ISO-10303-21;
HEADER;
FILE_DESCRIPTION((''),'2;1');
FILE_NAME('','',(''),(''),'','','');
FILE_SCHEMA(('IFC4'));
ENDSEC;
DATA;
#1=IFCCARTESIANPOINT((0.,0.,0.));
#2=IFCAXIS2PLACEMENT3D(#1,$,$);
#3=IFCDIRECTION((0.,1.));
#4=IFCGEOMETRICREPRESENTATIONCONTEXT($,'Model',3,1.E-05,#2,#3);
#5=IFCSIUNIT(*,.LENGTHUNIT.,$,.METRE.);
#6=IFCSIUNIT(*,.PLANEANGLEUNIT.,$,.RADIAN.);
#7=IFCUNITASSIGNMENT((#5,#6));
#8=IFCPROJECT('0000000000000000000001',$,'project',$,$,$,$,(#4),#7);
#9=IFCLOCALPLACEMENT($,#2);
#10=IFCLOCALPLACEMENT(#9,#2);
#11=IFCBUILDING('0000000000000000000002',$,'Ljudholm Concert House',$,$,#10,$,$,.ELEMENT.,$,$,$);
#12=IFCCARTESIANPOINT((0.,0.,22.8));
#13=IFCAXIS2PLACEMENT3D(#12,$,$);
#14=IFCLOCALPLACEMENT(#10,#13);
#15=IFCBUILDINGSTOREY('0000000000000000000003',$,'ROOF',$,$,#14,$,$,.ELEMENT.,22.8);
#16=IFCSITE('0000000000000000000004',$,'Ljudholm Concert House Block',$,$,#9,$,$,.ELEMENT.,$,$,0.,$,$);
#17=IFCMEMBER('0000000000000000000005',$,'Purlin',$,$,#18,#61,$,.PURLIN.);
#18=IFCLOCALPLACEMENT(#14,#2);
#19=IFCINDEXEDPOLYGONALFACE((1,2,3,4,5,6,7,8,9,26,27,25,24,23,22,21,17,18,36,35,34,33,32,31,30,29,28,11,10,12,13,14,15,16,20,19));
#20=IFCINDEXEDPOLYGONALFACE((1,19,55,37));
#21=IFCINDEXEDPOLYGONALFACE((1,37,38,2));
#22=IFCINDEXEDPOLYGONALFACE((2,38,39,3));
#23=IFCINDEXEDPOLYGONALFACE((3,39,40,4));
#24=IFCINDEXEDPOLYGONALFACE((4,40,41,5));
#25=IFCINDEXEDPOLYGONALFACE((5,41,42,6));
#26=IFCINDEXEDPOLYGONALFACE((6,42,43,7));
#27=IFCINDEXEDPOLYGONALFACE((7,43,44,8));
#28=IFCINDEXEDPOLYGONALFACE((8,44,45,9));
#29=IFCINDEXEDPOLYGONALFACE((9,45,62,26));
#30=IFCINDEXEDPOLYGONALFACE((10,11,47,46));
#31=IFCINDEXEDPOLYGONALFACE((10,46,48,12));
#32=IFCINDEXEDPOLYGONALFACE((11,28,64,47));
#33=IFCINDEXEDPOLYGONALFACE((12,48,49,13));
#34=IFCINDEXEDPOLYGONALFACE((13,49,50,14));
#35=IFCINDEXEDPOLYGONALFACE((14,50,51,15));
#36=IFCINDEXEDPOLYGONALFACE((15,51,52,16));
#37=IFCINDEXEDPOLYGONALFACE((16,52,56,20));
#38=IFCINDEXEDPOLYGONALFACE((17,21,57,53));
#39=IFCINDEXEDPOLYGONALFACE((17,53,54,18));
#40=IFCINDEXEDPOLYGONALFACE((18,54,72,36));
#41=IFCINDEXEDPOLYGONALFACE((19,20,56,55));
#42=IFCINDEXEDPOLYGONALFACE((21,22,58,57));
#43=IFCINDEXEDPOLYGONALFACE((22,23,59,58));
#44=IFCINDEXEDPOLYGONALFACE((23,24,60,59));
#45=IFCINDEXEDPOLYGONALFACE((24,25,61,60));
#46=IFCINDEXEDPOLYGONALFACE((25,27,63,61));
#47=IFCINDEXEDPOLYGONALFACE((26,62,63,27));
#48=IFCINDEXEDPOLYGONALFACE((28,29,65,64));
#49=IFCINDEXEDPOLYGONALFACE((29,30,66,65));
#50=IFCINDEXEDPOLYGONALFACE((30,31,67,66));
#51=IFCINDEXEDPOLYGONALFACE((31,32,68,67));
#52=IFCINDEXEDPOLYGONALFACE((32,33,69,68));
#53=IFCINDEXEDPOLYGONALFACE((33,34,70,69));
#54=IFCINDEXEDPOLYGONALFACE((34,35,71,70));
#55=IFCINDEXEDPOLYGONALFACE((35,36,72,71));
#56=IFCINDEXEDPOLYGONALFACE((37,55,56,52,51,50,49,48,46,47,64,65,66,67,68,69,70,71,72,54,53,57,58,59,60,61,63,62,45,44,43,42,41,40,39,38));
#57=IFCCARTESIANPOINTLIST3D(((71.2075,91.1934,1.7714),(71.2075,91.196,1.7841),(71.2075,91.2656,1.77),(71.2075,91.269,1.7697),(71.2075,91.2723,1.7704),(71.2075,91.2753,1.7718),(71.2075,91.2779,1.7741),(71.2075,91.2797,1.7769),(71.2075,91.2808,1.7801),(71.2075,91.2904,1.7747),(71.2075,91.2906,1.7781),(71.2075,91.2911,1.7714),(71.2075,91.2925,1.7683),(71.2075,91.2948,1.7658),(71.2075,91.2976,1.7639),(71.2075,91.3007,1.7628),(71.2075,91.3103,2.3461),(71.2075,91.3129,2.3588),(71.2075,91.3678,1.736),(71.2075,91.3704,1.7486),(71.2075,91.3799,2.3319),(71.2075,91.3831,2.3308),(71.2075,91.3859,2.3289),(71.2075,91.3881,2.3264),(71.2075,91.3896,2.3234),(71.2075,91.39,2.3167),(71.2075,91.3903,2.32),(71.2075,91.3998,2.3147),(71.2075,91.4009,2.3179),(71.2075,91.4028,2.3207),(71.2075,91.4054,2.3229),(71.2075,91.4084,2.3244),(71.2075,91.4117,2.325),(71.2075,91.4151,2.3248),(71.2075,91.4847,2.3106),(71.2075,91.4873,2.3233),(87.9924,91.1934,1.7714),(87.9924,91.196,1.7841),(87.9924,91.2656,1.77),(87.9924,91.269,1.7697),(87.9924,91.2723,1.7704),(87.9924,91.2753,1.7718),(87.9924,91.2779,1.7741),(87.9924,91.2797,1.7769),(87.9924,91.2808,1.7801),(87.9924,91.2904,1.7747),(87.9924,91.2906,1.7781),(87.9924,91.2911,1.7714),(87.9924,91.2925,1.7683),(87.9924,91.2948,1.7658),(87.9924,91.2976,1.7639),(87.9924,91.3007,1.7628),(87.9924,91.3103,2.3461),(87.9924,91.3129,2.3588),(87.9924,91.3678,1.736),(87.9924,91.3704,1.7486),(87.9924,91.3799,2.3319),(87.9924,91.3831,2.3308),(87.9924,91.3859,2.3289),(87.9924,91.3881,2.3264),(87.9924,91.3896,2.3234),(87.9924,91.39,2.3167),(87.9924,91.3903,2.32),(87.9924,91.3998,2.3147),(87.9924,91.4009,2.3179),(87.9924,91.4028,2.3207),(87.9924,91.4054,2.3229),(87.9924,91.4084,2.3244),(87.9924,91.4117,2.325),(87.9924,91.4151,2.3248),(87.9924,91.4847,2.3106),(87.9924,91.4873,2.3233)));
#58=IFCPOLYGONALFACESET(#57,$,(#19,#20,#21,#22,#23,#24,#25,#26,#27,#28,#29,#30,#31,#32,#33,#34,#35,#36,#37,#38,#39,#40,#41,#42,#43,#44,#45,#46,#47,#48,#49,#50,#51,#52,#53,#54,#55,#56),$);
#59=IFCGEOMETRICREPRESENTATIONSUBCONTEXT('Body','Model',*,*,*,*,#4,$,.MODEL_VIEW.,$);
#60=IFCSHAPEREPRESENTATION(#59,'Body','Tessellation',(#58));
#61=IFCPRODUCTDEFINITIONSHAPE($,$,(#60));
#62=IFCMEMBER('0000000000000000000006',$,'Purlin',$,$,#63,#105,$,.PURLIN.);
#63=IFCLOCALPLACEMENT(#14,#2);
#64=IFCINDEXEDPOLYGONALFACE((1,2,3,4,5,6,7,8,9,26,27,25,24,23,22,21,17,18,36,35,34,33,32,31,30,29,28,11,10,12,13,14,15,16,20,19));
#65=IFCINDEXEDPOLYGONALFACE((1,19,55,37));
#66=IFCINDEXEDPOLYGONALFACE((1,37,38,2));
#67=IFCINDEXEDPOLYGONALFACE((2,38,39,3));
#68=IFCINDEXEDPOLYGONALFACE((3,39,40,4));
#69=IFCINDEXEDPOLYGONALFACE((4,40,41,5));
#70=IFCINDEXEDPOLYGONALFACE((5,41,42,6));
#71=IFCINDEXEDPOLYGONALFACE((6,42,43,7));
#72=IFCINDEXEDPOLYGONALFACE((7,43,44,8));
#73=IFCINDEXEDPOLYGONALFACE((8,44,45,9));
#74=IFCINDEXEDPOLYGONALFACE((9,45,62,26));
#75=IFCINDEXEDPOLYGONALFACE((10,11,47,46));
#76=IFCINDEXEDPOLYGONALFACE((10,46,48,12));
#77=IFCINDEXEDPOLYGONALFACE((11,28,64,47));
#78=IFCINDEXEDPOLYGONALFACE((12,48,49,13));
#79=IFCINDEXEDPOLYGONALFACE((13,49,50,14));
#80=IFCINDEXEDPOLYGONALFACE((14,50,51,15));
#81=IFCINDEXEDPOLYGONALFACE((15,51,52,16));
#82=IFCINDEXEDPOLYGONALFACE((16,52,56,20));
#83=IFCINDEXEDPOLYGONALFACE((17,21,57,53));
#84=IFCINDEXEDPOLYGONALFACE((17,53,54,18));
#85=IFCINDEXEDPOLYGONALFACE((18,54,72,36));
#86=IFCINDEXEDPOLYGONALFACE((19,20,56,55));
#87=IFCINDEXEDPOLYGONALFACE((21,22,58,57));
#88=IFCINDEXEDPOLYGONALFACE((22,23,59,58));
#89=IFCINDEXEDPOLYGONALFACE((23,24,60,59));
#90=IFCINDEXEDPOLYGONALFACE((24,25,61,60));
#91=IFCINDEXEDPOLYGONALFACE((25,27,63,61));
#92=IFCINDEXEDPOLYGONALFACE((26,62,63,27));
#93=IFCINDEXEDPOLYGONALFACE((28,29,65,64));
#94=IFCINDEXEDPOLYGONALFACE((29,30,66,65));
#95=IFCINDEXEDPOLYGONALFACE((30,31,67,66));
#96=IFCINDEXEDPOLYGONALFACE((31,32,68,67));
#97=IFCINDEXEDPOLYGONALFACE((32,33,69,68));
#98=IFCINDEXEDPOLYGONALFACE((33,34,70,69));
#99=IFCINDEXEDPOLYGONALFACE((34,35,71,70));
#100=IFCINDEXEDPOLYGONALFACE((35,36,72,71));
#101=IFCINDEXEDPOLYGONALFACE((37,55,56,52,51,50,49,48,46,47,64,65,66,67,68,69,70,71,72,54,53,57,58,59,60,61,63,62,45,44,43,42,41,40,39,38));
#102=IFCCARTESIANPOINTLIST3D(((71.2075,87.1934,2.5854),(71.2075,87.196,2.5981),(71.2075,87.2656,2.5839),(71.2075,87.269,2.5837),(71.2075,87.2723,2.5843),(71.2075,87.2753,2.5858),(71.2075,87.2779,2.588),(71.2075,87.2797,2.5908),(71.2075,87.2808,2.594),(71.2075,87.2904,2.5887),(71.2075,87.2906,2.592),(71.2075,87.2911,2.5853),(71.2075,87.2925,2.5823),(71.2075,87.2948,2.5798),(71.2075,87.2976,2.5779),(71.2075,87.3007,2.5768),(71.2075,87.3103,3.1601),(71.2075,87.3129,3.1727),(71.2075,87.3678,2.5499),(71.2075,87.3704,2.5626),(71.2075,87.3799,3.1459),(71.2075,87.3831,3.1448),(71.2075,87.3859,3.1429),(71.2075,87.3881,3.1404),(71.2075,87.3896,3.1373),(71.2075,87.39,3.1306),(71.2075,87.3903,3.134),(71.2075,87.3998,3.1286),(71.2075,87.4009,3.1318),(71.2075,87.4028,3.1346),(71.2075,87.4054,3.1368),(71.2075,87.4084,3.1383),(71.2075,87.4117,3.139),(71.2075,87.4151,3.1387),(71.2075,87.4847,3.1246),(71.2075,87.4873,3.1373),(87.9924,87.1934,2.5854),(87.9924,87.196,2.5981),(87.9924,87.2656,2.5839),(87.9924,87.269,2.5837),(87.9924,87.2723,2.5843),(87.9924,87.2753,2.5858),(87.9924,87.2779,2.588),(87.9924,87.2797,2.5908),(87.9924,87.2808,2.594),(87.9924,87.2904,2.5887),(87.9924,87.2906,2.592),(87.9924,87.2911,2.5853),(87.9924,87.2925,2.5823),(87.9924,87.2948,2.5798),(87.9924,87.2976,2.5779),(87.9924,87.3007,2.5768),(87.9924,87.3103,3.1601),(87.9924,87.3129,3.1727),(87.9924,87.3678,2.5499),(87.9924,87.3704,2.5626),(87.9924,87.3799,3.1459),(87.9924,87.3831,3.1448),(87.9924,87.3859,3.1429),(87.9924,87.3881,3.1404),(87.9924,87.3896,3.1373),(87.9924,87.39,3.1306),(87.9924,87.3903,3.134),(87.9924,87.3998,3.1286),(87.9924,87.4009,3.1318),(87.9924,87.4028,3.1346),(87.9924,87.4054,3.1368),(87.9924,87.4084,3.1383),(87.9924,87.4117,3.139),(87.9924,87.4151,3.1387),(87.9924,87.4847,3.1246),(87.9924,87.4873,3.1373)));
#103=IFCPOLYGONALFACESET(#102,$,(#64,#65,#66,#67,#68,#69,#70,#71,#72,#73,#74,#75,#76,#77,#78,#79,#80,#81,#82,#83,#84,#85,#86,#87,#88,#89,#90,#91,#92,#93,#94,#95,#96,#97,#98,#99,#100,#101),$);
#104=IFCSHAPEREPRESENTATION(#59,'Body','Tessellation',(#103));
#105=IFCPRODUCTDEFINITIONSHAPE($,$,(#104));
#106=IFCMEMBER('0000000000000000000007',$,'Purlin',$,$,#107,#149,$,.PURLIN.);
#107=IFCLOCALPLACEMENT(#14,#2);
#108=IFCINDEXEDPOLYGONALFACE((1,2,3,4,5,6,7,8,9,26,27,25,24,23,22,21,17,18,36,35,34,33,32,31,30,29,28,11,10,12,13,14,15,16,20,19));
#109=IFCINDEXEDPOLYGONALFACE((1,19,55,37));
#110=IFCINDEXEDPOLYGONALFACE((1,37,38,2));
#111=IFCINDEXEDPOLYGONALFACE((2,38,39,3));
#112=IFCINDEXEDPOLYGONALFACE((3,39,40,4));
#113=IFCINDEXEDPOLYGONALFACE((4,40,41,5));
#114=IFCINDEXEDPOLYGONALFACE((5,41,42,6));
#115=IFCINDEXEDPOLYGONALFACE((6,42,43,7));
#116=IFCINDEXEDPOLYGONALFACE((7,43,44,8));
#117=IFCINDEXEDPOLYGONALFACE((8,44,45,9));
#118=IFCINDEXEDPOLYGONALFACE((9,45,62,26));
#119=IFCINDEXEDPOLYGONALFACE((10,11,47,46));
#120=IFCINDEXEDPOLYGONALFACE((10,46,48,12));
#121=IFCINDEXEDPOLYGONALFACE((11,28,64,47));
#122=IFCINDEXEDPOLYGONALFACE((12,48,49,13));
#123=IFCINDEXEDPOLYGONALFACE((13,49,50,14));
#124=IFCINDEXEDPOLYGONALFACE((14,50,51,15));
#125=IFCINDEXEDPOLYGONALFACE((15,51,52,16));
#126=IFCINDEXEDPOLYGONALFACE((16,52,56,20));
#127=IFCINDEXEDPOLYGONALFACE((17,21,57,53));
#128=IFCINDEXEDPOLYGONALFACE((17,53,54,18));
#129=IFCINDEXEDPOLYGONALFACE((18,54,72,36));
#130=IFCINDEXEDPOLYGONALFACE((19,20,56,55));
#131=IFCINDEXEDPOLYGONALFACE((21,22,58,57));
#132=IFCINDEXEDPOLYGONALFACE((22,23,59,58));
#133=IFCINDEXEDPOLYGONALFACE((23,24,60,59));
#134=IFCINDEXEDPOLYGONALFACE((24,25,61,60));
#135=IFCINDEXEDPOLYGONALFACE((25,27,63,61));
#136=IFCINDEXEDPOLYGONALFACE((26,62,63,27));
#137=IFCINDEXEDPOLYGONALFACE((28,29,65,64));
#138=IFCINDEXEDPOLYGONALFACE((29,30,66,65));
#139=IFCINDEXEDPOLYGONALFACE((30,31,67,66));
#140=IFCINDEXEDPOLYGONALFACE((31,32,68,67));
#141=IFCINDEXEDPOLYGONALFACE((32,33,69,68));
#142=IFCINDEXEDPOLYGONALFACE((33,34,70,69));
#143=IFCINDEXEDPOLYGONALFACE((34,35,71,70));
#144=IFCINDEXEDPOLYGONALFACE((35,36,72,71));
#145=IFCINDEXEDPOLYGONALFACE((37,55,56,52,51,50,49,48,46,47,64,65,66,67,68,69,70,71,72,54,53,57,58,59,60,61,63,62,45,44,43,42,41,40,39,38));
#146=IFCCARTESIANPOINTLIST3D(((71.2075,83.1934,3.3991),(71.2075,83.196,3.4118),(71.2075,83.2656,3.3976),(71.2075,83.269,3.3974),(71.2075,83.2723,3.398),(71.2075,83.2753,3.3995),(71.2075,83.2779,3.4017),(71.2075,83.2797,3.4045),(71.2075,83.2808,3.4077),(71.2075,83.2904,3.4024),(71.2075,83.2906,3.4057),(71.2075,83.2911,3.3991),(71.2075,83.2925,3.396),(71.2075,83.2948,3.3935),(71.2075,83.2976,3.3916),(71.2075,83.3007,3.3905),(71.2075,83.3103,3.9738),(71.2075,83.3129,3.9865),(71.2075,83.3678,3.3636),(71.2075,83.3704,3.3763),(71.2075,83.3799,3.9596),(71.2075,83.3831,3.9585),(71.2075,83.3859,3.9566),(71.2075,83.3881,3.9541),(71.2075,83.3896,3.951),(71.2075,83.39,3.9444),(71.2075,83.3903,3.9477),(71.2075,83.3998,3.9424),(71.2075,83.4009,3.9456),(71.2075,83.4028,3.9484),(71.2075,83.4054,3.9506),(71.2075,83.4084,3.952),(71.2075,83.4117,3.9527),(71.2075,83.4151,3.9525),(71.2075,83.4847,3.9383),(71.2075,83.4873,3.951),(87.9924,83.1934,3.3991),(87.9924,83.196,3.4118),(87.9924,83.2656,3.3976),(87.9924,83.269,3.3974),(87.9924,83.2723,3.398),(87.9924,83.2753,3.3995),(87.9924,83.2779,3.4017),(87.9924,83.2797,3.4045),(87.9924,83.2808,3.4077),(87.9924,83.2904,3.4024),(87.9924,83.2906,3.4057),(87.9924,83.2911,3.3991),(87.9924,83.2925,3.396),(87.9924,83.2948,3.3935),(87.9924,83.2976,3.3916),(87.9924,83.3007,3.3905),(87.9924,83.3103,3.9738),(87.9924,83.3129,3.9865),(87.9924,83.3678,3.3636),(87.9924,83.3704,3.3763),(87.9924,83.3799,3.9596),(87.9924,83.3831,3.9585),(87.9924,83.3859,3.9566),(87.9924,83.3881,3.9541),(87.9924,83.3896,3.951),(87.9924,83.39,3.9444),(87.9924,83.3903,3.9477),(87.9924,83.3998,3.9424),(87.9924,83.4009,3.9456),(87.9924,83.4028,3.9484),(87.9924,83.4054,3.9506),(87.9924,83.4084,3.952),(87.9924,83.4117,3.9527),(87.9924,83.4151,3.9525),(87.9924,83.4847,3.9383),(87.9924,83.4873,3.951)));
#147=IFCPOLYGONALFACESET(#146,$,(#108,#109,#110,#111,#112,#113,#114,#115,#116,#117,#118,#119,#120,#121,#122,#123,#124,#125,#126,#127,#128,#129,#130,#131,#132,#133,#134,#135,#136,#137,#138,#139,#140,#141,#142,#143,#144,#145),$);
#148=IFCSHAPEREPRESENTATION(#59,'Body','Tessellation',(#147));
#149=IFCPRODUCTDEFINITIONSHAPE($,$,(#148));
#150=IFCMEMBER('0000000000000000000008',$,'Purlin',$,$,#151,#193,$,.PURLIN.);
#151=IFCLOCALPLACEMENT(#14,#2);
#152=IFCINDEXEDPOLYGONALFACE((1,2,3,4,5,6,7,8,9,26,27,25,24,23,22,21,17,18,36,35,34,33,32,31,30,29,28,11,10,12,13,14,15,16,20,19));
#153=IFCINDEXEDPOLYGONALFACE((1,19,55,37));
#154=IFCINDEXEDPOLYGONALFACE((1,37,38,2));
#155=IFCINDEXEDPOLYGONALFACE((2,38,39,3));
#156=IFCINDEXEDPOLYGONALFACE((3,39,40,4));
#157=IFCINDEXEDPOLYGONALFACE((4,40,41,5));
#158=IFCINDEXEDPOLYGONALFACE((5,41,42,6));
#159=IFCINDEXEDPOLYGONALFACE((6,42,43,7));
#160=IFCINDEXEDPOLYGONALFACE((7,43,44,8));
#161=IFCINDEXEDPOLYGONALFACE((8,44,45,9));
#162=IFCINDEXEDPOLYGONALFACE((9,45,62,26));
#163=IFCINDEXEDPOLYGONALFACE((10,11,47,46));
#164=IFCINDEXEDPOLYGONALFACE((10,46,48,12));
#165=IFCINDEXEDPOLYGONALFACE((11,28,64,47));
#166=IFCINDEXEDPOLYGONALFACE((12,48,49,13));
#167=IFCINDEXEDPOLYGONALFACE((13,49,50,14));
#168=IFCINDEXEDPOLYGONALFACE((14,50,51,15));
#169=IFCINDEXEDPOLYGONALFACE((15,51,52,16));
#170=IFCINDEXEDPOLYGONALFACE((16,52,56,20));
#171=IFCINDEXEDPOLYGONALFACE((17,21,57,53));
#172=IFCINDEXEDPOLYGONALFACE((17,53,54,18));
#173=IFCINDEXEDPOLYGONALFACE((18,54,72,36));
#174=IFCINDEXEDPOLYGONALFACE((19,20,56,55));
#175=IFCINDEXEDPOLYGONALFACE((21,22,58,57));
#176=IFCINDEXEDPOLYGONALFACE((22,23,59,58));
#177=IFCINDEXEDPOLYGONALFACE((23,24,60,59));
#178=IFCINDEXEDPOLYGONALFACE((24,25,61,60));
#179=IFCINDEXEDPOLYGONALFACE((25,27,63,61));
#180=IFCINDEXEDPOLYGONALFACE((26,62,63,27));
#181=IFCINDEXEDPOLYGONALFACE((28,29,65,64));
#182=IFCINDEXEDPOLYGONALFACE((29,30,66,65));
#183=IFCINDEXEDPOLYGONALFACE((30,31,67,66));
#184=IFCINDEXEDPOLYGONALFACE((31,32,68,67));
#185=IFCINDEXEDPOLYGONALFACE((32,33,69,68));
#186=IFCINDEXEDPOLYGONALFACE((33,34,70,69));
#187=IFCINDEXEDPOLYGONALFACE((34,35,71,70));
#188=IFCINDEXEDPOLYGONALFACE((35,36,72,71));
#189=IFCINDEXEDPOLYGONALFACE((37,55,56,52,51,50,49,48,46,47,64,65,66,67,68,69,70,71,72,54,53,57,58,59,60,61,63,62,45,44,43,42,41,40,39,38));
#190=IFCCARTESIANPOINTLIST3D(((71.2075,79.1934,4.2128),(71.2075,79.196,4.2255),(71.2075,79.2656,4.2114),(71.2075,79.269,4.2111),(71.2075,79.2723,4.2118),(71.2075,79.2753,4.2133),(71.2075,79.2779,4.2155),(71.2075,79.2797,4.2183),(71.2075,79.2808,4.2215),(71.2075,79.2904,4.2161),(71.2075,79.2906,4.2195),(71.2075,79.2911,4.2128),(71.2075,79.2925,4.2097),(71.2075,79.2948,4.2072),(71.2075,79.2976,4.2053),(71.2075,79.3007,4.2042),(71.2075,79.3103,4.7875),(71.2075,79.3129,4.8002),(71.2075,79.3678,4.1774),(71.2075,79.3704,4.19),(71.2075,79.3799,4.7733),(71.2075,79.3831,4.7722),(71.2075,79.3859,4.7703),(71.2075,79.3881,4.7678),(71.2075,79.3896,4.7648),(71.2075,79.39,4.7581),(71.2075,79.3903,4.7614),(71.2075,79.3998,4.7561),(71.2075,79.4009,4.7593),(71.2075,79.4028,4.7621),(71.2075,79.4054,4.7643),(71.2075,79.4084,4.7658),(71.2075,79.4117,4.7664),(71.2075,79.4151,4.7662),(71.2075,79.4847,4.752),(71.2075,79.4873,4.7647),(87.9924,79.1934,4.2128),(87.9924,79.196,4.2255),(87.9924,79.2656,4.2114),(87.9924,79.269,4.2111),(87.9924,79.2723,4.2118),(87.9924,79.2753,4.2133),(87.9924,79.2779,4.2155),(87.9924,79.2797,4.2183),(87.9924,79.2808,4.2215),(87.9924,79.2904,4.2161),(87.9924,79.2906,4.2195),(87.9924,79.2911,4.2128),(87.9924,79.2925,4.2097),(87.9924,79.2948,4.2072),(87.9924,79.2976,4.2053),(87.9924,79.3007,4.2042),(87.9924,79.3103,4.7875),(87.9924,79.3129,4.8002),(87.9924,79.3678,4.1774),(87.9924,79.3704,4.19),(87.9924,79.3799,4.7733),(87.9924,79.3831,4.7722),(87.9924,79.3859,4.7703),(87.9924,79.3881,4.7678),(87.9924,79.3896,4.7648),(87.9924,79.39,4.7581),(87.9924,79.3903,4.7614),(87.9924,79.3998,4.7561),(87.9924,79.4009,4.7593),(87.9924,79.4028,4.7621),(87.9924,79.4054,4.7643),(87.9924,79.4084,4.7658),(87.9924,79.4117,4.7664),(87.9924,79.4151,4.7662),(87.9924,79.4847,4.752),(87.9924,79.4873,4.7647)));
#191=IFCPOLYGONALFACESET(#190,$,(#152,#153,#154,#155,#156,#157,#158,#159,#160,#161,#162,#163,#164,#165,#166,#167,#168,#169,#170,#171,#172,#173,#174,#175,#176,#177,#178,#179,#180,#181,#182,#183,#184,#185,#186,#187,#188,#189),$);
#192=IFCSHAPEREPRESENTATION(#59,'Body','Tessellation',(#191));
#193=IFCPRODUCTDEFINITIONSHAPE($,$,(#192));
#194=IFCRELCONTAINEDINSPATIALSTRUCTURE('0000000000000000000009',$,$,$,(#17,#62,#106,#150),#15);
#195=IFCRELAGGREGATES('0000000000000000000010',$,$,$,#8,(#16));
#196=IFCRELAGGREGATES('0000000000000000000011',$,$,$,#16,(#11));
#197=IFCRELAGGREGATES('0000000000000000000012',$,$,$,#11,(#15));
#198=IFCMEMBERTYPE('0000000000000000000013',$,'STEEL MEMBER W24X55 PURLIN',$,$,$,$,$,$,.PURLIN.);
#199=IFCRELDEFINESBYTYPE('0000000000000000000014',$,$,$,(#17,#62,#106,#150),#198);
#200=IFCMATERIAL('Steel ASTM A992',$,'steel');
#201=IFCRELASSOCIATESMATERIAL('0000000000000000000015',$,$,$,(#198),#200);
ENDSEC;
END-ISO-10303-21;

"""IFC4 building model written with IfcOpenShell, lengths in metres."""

from ifc_helpers import new_model, si_unit, direction, frame, origin, origin_2d, place, context, subcontext, project, spatial, i_section, extrude, material, material_profile, profile_set, type_object, element, save


model = new_model("IFC4")

# Units and contexts
model_context = context("Model", 3, precision=1e-05, world=origin(), true_north=direction((0.0, 1.0)))
body_context = subcontext(model_context, "Body", "Model", "MODEL_VIEW")
ifc_project = project(units=[si_unit("LENGTHUNIT", "METRE"), si_unit("PLANEANGLEUNIT", "RADIAN")], contexts=[model_context])

# Site, building, storey
site_placement = place(None, origin())
site = spatial("IfcSite", under=ifc_project, at=site_placement, Name="Ljudholm Concert House Block", CompositionType="ELEMENT", RefElevation=0.0)
building_placement = place(site_placement, origin())
building = spatial("IfcBuilding", under=site, at=building_placement, Name="Ljudholm Concert House", CompositionType="ELEMENT")
storey_placement = place(building_placement, frame((0.0, 0.0, 22.8)))
storey = spatial("IfcBuildingStorey", under=building, at=storey_placement, Name="ROOF", CompositionType="ELEMENT", Elevation=22.8)

# Members
ifc_material_1 = material(Name="Steel ASTM A992", Category="steel")
ifc_material_profile_1 = material_profile(ifc_material_1, i_section(OverallWidth=0.178, OverallDepth=0.5994, WebThickness=0.01, FlangeThickness=0.0129, FilletRadius=0.0129, at=origin_2d()), Name="W24X55")
ifc_profile_set_1 = profile_set([ifc_material_profile_1], Name="Steel ASTM A992")
member_type_1 = type_object("IfcMemberType", Name="STEEL MEMBER W24X55 PURLIN", PredefinedType="PURLIN", material=ifc_profile_set_1)
for number, where, z_axis, x_axis, name in (
    (1, (71.2075, 91.3403, 2.0474), (1.0, 0.0, 0.0), (0.0, 0.979925, -0.199368), "Purlin"),
    (2, (71.2075, 87.3403, 2.8613), (1.0, 0.0, 0.0), (0.0, 0.979925, -0.199368), "Purlin"),
    (3, (71.2075, 83.3403, 3.675), (1.0, 0.0, 0.0), (0.0, 0.979925, -0.199368), "Purlin"),
    (4, (71.2075, 79.3403, 4.4888), (1.0, 0.0, 0.0), (0.0, 0.979925, -0.199368), "Purlin"),
):
    element("IfcMember", number, at=place(storey_placement, frame(where, z_axis=z_axis, x_axis=x_axis)), inside=storey, type_object=member_type_1, Name=name, PredefinedType="PURLIN", context=body_context, shape_type="SweptSolid", body=[
        extrude(i_section(OverallWidth=0.178, OverallDepth=0.5994, WebThickness=0.01, FlangeThickness=0.0129, FilletRadius=0.0129, at=origin_2d()), origin(), (0.0, 0.0, 1.0), 16.7849),
    ])

save(model, "model.ifc")
